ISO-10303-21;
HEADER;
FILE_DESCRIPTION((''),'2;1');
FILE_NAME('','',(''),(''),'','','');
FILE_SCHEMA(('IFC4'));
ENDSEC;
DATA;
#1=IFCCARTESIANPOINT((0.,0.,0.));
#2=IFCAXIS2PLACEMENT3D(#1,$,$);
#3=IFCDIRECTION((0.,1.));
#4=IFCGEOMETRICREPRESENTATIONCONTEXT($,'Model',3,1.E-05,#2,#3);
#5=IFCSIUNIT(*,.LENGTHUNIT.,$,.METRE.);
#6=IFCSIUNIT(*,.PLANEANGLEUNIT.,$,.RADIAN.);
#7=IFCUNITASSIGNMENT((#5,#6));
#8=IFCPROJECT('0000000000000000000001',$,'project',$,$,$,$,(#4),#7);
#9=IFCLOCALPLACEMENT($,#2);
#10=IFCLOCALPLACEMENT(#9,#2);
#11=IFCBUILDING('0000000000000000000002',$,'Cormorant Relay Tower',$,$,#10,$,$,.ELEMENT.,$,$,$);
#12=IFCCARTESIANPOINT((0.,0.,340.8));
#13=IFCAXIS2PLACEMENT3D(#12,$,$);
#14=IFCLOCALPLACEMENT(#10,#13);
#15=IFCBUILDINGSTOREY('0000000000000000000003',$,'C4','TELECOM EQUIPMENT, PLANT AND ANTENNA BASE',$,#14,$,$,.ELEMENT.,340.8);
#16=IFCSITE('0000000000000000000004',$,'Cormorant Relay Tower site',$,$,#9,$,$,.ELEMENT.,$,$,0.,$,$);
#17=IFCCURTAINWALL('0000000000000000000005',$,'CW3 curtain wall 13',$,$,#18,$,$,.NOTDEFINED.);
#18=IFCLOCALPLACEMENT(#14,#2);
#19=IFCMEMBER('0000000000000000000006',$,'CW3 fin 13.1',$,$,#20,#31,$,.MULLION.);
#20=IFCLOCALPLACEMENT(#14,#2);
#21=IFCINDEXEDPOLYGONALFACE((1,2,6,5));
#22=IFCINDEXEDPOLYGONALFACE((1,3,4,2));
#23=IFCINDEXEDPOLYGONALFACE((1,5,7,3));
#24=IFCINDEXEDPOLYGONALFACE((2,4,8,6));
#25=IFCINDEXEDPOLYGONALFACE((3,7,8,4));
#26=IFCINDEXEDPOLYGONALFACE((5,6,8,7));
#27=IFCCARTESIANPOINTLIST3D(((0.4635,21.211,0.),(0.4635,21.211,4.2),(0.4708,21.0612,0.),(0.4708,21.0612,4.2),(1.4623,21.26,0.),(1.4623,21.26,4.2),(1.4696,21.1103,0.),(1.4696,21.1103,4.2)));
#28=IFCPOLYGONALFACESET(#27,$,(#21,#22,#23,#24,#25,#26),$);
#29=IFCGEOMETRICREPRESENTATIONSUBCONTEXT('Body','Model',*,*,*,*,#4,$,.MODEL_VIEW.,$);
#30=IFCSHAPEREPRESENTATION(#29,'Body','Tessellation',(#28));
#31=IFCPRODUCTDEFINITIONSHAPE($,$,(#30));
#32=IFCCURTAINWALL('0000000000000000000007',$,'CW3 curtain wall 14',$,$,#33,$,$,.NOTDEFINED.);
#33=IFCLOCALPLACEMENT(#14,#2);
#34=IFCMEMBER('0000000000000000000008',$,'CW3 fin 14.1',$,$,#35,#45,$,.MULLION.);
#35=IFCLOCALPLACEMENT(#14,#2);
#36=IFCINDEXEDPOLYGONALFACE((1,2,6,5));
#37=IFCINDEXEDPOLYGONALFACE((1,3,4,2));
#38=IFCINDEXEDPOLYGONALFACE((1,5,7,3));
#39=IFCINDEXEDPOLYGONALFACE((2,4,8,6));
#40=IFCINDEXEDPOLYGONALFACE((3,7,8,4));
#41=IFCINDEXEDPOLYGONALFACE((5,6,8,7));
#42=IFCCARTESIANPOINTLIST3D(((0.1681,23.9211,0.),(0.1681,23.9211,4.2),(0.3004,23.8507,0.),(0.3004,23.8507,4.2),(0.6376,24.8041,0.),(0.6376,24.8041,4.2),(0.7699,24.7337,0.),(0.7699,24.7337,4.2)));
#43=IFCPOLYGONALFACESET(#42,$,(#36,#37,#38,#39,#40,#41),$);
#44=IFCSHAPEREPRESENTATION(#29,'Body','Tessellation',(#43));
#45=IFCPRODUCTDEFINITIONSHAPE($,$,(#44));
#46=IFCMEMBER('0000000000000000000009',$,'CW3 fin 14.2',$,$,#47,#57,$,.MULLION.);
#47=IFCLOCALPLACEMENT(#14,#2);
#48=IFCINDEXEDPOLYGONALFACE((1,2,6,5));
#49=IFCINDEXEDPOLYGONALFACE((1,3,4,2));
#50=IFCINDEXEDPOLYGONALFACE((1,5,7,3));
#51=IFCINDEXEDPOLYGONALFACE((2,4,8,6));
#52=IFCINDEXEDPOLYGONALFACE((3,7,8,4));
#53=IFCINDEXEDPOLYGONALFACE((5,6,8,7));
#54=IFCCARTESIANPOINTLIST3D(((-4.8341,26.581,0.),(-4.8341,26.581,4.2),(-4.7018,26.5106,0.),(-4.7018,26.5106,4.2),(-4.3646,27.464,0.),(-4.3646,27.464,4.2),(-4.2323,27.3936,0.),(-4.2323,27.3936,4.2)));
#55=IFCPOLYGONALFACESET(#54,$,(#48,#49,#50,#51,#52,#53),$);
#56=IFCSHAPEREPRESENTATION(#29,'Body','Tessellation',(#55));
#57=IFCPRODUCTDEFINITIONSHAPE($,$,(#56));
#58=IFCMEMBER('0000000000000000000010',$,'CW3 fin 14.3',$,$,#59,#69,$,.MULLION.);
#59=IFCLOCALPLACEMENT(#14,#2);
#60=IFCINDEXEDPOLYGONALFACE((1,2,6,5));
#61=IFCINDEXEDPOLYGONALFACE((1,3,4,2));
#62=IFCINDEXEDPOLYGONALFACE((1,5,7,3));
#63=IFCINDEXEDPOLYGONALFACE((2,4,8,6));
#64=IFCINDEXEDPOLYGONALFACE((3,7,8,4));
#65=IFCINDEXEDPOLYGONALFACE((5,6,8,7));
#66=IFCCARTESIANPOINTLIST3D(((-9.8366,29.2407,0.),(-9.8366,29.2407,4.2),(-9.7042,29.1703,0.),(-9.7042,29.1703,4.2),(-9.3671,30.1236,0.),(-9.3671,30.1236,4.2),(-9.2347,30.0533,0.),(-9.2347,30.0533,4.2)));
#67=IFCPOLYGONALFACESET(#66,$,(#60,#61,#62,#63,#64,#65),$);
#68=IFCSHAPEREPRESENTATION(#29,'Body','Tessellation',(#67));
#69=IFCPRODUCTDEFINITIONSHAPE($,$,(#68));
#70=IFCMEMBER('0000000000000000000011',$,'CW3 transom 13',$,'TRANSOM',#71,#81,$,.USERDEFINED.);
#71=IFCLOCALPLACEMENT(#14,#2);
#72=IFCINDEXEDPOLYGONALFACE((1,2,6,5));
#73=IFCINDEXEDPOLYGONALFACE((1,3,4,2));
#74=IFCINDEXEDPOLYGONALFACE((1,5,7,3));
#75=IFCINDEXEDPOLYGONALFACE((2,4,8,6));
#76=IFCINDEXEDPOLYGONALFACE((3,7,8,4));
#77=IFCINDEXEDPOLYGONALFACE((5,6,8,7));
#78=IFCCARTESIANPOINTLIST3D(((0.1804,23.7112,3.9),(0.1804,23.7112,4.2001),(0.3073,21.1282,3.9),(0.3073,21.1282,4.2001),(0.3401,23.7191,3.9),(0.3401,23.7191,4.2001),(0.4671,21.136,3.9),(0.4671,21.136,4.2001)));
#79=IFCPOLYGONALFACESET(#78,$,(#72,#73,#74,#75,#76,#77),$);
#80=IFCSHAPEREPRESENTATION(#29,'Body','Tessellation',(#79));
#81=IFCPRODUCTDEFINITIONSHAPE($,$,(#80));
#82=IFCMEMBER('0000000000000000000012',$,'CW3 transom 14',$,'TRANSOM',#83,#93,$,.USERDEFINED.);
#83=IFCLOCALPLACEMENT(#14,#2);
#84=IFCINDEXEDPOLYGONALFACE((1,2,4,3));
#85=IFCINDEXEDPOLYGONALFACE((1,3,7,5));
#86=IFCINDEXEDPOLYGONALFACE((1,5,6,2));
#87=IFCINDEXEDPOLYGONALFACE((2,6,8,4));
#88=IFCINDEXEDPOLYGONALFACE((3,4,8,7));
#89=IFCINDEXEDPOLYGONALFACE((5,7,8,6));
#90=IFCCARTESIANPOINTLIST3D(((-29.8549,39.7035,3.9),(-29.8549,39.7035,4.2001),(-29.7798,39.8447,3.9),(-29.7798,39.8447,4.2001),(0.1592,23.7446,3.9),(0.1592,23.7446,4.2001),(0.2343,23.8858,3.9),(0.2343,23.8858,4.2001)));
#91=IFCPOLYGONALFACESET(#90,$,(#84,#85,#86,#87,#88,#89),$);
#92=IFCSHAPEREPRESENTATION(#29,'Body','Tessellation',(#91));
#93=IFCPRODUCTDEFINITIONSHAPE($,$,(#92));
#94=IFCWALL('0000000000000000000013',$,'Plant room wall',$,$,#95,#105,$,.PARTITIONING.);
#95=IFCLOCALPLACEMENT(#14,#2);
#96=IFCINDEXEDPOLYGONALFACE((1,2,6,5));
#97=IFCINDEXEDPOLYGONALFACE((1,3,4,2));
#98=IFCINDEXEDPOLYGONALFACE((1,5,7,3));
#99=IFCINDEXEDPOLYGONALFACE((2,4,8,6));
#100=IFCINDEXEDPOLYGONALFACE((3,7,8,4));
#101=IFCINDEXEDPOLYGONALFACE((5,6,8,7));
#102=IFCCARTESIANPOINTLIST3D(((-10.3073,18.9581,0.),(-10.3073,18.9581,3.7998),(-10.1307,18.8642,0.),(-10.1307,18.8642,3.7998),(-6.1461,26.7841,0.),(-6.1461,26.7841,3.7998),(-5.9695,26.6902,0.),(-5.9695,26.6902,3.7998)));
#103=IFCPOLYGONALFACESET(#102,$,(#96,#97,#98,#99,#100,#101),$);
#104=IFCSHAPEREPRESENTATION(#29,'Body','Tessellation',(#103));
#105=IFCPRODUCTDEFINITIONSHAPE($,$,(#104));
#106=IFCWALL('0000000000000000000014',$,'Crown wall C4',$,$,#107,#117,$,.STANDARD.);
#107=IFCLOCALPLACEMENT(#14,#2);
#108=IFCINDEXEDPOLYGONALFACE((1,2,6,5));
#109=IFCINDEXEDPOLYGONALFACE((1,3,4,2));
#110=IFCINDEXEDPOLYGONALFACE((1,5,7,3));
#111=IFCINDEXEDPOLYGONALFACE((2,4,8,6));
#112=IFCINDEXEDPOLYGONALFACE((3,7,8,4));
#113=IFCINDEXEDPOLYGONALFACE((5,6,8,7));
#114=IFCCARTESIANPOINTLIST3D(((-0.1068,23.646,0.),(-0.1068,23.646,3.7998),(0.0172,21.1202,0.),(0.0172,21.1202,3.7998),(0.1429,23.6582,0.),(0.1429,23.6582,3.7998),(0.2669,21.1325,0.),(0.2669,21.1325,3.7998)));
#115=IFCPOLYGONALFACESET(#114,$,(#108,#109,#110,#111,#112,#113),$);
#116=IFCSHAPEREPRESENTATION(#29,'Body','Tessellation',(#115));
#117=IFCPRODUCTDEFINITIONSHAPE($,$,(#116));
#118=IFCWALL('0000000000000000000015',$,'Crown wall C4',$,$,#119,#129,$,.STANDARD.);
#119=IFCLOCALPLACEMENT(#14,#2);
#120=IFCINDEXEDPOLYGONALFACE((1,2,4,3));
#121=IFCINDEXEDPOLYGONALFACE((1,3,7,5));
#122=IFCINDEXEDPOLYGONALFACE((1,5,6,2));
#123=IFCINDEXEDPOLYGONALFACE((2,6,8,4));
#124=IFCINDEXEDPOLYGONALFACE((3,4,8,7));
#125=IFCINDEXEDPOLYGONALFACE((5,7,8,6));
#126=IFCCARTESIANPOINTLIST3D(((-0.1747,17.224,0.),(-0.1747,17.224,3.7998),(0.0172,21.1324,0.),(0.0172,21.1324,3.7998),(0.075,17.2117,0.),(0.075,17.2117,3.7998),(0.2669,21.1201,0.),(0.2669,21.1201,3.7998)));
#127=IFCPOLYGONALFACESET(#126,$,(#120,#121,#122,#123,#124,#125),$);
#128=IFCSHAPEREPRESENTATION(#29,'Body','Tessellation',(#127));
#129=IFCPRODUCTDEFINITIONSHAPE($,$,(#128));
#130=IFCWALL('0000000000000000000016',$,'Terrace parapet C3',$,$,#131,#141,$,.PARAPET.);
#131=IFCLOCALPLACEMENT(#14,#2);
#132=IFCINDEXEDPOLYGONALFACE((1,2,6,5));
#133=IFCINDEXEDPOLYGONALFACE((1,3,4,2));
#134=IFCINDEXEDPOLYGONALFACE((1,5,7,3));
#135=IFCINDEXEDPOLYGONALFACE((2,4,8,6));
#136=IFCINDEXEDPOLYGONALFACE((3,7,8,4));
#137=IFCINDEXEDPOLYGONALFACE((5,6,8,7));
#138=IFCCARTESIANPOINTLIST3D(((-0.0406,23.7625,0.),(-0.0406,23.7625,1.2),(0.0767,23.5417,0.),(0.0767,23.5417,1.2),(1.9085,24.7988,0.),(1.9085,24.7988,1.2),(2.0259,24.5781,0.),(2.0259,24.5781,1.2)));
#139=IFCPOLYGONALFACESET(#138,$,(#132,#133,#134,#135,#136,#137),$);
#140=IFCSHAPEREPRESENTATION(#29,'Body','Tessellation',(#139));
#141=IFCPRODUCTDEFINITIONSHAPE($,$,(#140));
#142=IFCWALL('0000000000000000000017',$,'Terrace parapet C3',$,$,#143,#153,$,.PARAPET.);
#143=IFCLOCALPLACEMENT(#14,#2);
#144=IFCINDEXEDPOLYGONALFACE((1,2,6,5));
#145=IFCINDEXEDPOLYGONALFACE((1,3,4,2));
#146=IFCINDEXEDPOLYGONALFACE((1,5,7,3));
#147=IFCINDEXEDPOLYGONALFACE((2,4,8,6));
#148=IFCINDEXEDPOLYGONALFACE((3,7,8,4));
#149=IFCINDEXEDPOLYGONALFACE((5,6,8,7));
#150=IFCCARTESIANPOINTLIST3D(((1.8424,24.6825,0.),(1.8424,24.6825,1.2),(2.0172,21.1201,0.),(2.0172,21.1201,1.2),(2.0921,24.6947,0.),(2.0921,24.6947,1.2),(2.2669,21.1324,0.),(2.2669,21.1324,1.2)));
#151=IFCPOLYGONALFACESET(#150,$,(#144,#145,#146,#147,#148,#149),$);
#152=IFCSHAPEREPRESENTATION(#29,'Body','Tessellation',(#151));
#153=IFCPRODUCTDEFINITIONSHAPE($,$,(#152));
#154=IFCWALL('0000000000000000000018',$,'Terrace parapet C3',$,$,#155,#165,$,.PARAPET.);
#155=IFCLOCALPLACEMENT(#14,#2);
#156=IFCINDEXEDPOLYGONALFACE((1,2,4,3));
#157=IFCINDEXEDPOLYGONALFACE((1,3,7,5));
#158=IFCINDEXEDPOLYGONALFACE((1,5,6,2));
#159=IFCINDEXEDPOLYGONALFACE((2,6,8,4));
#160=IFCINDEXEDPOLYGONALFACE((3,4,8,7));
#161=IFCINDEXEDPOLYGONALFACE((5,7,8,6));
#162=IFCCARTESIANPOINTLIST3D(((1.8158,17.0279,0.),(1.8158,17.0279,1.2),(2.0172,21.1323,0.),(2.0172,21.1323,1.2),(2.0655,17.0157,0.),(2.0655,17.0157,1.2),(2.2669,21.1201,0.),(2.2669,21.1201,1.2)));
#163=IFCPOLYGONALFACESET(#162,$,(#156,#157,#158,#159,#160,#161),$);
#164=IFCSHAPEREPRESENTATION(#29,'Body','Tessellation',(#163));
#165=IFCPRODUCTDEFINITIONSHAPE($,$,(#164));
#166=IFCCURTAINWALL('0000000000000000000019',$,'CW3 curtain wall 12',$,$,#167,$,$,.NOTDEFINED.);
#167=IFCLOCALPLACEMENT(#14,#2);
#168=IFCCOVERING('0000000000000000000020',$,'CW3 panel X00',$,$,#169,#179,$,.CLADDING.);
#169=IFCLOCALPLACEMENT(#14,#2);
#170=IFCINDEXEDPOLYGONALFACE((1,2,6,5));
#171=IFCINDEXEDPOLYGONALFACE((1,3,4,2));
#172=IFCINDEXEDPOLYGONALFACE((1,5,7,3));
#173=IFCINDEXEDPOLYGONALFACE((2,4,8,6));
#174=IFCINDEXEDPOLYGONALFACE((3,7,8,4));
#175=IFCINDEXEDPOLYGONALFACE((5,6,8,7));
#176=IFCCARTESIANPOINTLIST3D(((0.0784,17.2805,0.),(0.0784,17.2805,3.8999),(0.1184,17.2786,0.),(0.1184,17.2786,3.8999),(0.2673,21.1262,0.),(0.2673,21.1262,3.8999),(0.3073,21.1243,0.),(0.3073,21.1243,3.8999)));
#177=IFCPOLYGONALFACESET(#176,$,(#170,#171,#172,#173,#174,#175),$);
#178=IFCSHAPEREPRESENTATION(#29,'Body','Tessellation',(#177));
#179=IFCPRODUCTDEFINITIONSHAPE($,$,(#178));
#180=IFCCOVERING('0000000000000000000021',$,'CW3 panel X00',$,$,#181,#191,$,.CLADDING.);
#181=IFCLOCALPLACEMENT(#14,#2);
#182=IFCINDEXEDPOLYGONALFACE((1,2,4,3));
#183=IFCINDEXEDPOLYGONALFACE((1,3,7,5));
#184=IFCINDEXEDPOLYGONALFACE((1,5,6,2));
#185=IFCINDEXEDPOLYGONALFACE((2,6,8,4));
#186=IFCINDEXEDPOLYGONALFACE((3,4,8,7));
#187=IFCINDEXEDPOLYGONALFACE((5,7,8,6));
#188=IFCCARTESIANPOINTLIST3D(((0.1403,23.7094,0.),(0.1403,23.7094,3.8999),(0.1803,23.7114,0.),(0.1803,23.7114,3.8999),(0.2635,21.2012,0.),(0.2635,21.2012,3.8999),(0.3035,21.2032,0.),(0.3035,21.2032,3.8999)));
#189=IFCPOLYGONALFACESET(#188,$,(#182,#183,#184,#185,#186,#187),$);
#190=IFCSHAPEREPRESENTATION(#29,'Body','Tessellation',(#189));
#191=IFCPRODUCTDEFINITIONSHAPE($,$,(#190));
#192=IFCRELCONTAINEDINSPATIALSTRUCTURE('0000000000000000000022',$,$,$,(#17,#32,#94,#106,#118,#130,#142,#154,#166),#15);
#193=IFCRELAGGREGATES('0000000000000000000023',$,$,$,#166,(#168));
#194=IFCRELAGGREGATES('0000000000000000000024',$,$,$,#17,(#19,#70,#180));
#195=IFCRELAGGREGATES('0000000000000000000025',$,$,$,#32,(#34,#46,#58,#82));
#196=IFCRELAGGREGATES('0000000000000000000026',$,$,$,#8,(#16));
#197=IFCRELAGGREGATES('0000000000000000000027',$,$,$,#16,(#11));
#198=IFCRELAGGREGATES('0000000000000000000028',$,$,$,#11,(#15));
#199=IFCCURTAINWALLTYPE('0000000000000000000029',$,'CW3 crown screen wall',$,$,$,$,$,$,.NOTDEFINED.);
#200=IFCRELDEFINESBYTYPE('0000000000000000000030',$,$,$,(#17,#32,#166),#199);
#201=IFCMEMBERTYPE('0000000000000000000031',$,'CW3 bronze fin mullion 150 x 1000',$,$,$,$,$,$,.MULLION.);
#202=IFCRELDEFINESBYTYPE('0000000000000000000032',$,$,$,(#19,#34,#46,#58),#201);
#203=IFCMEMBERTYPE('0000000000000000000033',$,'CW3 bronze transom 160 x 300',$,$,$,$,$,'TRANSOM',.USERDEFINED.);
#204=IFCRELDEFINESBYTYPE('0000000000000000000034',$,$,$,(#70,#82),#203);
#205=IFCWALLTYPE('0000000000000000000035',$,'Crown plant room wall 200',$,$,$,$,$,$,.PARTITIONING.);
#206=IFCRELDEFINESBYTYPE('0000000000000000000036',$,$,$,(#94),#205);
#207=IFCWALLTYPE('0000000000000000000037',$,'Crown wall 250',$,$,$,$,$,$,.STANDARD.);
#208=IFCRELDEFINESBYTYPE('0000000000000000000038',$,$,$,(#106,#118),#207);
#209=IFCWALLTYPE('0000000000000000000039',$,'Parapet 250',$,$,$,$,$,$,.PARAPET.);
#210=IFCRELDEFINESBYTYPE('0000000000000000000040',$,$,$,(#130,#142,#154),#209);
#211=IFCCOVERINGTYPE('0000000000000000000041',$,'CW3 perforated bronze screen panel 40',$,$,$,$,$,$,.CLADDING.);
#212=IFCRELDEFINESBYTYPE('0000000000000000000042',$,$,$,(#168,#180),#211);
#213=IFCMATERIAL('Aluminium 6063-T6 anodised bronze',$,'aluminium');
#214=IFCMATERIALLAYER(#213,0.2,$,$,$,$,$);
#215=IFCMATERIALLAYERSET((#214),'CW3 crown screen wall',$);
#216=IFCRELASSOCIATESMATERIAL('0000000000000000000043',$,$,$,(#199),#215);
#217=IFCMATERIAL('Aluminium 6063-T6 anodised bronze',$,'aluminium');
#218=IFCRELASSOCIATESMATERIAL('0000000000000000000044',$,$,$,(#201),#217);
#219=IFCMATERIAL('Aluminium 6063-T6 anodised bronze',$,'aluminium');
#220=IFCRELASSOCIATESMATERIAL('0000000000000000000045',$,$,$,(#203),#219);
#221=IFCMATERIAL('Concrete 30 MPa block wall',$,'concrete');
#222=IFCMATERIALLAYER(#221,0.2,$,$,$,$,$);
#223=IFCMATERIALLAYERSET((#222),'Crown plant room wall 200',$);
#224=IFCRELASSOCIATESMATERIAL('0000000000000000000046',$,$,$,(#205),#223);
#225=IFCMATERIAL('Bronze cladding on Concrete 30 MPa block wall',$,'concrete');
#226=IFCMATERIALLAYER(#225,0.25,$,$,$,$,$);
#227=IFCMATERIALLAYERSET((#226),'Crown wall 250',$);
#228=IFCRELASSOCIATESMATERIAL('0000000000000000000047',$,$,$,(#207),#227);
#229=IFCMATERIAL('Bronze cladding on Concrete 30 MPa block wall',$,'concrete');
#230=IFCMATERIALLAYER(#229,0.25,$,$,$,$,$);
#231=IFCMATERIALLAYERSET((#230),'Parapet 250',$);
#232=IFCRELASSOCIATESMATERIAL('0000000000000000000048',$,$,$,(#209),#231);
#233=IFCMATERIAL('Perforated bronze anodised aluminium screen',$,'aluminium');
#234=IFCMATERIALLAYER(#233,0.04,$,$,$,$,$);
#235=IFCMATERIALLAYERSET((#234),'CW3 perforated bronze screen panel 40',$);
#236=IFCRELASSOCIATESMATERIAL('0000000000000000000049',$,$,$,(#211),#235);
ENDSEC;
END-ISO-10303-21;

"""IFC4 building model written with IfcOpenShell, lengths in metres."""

from ifc_helpers import new_model, si_unit, direction, frame, frame_2d, origin, origin_2d, place, context, subcontext, project, spatial, rectangle, extrude, material, layer, layer_set, material_profile, profile_set, type_object, element, aggregate, save


model = new_model("IFC4")

# Units and contexts
model_context = context("Model", 3, precision=1e-05, world=origin(), true_north=direction((0.0, 1.0)))
body_context = subcontext(model_context, "Body", "Model", "MODEL_VIEW")
ifc_project = project(units=[si_unit("LENGTHUNIT", "METRE"), si_unit("PLANEANGLEUNIT", "RADIAN")], contexts=[model_context])

# Site, building, storey
site_placement = place(None, origin())
site = spatial("IfcSite", under=ifc_project, at=site_placement, Name="Cormorant Relay Tower site", CompositionType="ELEMENT", RefElevation=0.0)
building_placement = place(site_placement, origin())
building = spatial("IfcBuilding", under=site, at=building_placement, Name="Cormorant Relay Tower", CompositionType="ELEMENT")
storey_placement = place(building_placement, frame((0.0, 0.0, 340.8)))
storey = spatial("IfcBuildingStorey", under=building, at=storey_placement, Name="C4", Description="TELECOM EQUIPMENT, PLANT AND ANTENNA BASE", CompositionType="ELEMENT", Elevation=340.8)

# Curtain wall, member
ifc_material_1 = material(Name="Aluminium 6063-T6 anodised bronze", Category="aluminium")
ifc_layer_1 = layer(ifc_material_1, 0.2)
ifc_layer_set_1 = layer_set([ifc_layer_1], Name="CW3 crown screen wall")
curtain_wall_type = type_object("IfcCurtainWallType", Name="CW3 crown screen wall", PredefinedType="NOTDEFINED", material=ifc_layer_set_1)
curtain_wall_1_placement = place(storey_placement, origin())
curtain_wall_1 = element("IfcCurtainWall", 1, at=curtain_wall_1_placement, inside=storey, type_object=curtain_wall_type, Name="CW3 curtain wall 13", PredefinedType="NOTDEFINED")
ifc_material_2 = material(Name="Aluminium 6063-T6 anodised bronze", Category="aluminium")
ifc_material_profile_1 = material_profile(ifc_material_2, rectangle(XDim=0.1499, YDim=1.0, at=origin_2d()), Name="AL 150x1000")
ifc_profile_set_1 = profile_set([ifc_material_profile_1], Name="Aluminium 6063-T6 anodised bronze")
member_type_1 = type_object("IfcMemberType", Name="CW3 bronze fin mullion 150 x 1000", PredefinedType="MULLION", material=ifc_profile_set_1)
member_1_placement = place(storey_placement, frame((0.9666, 21.1606, 0.0), z_axis=(0.0, 0.0, 1.0), x_axis=(-0.049068, 0.998795, 0.0)))
member_1 = element("IfcMember", 2, at=member_1_placement, type_object=member_type_1, Name="CW3 fin 13.1", PredefinedType="MULLION", context=body_context, shape_type="SweptSolid", body=[
    extrude(rectangle(XDim=0.1499, YDim=1.0, at=origin_2d()), origin(), (0.0, 0.0, 1.0), 4.2),
])

# Curtain wall, members
curtain_wall_2_placement = place(storey_placement, origin())
curtain_wall_2 = element("IfcCurtainWall", 3, at=curtain_wall_2_placement, inside=storey, type_object=curtain_wall_type, Name="CW3 curtain wall 14", PredefinedType="NOTDEFINED")
member_2_placement = place(storey_placement, frame((0.469, 24.3274, 0.0), z_axis=(0.0, 0.0, 1.0), x_axis=(-0.882948, 0.469472, 0.0)))
member_2 = element("IfcMember", 4, at=member_2_placement, type_object=member_type_1, Name="CW3 fin 14.1", PredefinedType="MULLION", context=body_context, shape_type="SweptSolid", body=[
    extrude(rectangle(XDim=0.1499, YDim=1.0, at=origin_2d()), origin(), (0.0, 0.0, 1.0), 4.2),
])
member_3_placement = place(storey_placement, frame((-4.5332, 26.9873, 0.0), z_axis=(0.0, 0.0, 1.0), x_axis=(-0.882948, 0.469472, 0.0)))
member_3 = element("IfcMember", 5, at=member_3_placement, type_object=member_type_1, Name="CW3 fin 14.2", PredefinedType="MULLION", context=body_context, shape_type="SweptSolid", body=[
    extrude(rectangle(XDim=0.1499, YDim=1.0, at=origin_2d()), origin(), (0.0, 0.0, 1.0), 4.2),
])
member_4_placement = place(storey_placement, frame((-9.5356, 29.647, 0.0), z_axis=(0.0, 0.0, 1.0), x_axis=(-0.882948, 0.469472, 0.0)))
member_4 = element("IfcMember", 6, at=member_4_placement, type_object=member_type_1, Name="CW3 fin 14.3", PredefinedType="MULLION", context=body_context, shape_type="SweptSolid", body=[
    extrude(rectangle(XDim=0.1499, YDim=1.0, at=origin_2d()), origin(), (0.0, 0.0, 1.0), 4.2),
])

# Members
ifc_material_3 = material(Name="Aluminium 6063-T6 anodised bronze", Category="aluminium")
ifc_material_profile_2 = material_profile(ifc_material_3, rectangle(XDim=0.1599, YDim=0.3, at=origin_2d()), Name="AL 160x300")
ifc_profile_set_2 = profile_set([ifc_material_profile_2], Name="Aluminium 6063-T6 anodised bronze")
member_type_2 = type_object("IfcMemberType", Name="CW3 bronze transom 160 x 300", ElementType="TRANSOM", PredefinedType="USERDEFINED", material=ifc_profile_set_2)
member_5_placement = place(storey_placement, frame((0.3872, 21.1321, 4.05), z_axis=(-0.04909, 0.998794, 0.0), x_axis=(-0.998794, -0.04909, 0.0)))
member_5 = element("IfcMember", 7, at=member_5_placement, type_object=member_type_2, Name="CW3 transom 13", ObjectType="TRANSOM", PredefinedType="USERDEFINED", context=body_context, shape_type="SweptSolid", body=[
    extrude(rectangle(XDim=0.1599, YDim=0.3, at=origin_2d()), origin(), (0.0, 0.0, 1.0), 2.5862),
])
member_6_placement = place(storey_placement, frame((0.1968, 23.8152, 4.05), z_axis=(-0.882945, 0.469476, 0.0), x_axis=(-0.469476, -0.882945, 0.0)))
member_6 = element("IfcMember", 8, at=member_6_placement, type_object=member_type_2, Name="CW3 transom 14", ObjectType="TRANSOM", PredefinedType="USERDEFINED", context=body_context, shape_type="SweptSolid", body=[
    extrude(rectangle(XDim=0.1599, YDim=0.3, at=origin_2d()), origin(), (0.0, 0.0, 1.0), 33.9932),
])

# Walls
ifc_material_4 = material(Name="Concrete 30 MPa block wall", Category="concrete")
ifc_layer_2 = layer(ifc_material_4, 0.2)
ifc_layer_set_2 = layer_set([ifc_layer_2], Name="Crown plant room wall 200")
wall_type_1 = type_object("IfcWallType", Name="Crown plant room wall 200", PredefinedType="PARTITIONING", material=ifc_layer_set_2)
wall_1_placement = place(storey_placement, frame((-6.0579, 26.7371, 0.0), z_axis=(0.0, 0.0, 1.0), x_axis=(-0.469473, -0.882947, 0.0)))
element("IfcWall", 9, at=wall_1_placement, inside=storey, type_object=wall_type_1, Name="Plant room wall", PredefinedType="PARTITIONING", context=body_context, shape_type="SweptSolid", body=[
    extrude(rectangle(XDim=8.8635, YDim=0.2, at=frame_2d((4.4316, 0.0))), origin(), (0.0, 0.0, 1.0), 3.7998),
])
ifc_material_5 = material(Name="Bronze cladding on Concrete 30 MPa block wall", Category="concrete")
ifc_layer_3 = layer(ifc_material_5, 0.25)
ifc_layer_set_3 = layer_set([ifc_layer_3], Name="Crown wall 250")
wall_type_2 = type_object("IfcWallType", Name="Crown wall 250", PredefinedType="STANDARD", material=ifc_layer_set_3)
wall_2_placement = place(storey_placement, frame((0.0181, 23.6521, 0.0), z_axis=(0.0, 0.0, 1.0), x_axis=(0.049042, -0.998797, 0.0)))
element("IfcWall", 10, at=wall_2_placement, inside=storey, type_object=wall_type_2, Name="Crown wall C4", PredefinedType="STANDARD", context=body_context, shape_type="SweptSolid", body=[
    extrude(rectangle(XDim=2.5288, YDim=0.25, at=frame_2d((1.2644, 0.0))), origin(), (0.0, 0.0, 1.0), 3.7998),
])
wall_3_placement = place(storey_placement, frame((0.1421, 21.1262, 0.0), z_axis=(0.0, 0.0, 1.0), x_axis=(-0.049038, -0.998797, 0.0)))
element("IfcWall", 11, at=wall_3_placement, inside=storey, type_object=wall_type_2, Name="Crown wall C4", PredefinedType="STANDARD", context=body_context, shape_type="SweptSolid", body=[
    extrude(rectangle(XDim=3.9131, YDim=0.25, at=frame_2d((1.9565, 0.0))), origin(), (0.0, 0.0, 1.0), 3.7998),
])
ifc_material_6 = material(Name="Bronze cladding on Concrete 30 MPa block wall", Category="concrete")
ifc_layer_4 = layer(ifc_material_6, 0.25)
ifc_layer_set_4 = layer_set([ifc_layer_4], Name="Parapet 250")
wall_type_3 = type_object("IfcWallType", Name="Parapet 250", PredefinedType="PARAPET", material=ifc_layer_set_4)
wall_4_placement = place(storey_placement, frame((0.0181, 23.6521, 0.0), z_axis=(0.0, 0.0, 1.0), x_axis=(0.882955, 0.469457, 0.0)))
element("IfcWall", 12, at=wall_4_placement, inside=storey, type_object=wall_type_3, Name="Terrace parapet C3", PredefinedType="PARAPET", context=body_context, shape_type="SweptSolid", body=[
    extrude(rectangle(XDim=2.2075, YDim=0.25, at=frame_2d((1.1038, 0.0))), origin(), (0.0, 0.0, 1.0), 1.2),
])
wall_5_placement = place(storey_placement, frame((1.9673, 24.6885, 0.0), z_axis=(0.0, 0.0, 1.0), x_axis=(0.049012, -0.998798, 0.0)))
element("IfcWall", 13, at=wall_5_placement, inside=storey, type_object=wall_type_3, Name="Terrace parapet C3", PredefinedType="PARAPET", context=body_context, shape_type="SweptSolid", body=[
    extrude(rectangle(XDim=3.5667, YDim=0.25, at=frame_2d((1.7832, 0.0))), origin(), (0.0, 0.0, 1.0), 1.2),
])
wall_6_placement = place(storey_placement, frame((2.1421, 21.1262, 0.0), z_axis=(0.0, 0.0, 1.0), x_axis=(-0.049013, -0.998798, 0.0)))
element("IfcWall", 14, at=wall_6_placement, inside=storey, type_object=wall_type_3, Name="Terrace parapet C3", PredefinedType="PARAPET", context=body_context, shape_type="SweptSolid", body=[
    extrude(rectangle(XDim=4.1094, YDim=0.25, at=frame_2d((2.0547, 0.0))), origin(), (0.0, 0.0, 1.0), 1.2),
])

# Curtain wall, covering
curtain_wall_3_placement = place(storey_placement, origin())
curtain_wall_3 = element("IfcCurtainWall", 15, at=curtain_wall_3_placement, inside=storey, type_object=curtain_wall_type, Name="CW3 curtain wall 12", PredefinedType="NOTDEFINED")
ifc_material_7 = material(Name="Perforated bronze anodised aluminium screen", Category="aluminium")
ifc_layer_5 = layer(ifc_material_7, 0.04)
ifc_layer_set_5 = layer_set([ifc_layer_5], Name="CW3 perforated bronze screen panel 40")
covering_type = type_object("IfcCoveringType", Name="CW3 perforated bronze screen panel 40", PredefinedType="CLADDING", material=ifc_layer_set_5)
covering_1_placement = place(storey_placement, frame((0.1929, 19.2024, 0.0), z_axis=(0.0, 0.0, 1.0), x_axis=(0.049068, 0.998795, 0.0)))
covering_1 = element("IfcCovering", 16, at=covering_1_placement, type_object=covering_type, Name="CW3 panel X00", PredefinedType="CLADDING", context=body_context, shape_type="SweptSolid", body=[
    extrude(rectangle(XDim=3.8503, YDim=0.04, at=origin_2d()), origin(), (0.0, 0.0, 1.0), 3.8999),
])
aggregate(curtain_wall_3, [covering_1])

# Covering
covering_2_placement = place(storey_placement, frame((0.2219, 22.4563, 0.0), z_axis=(0.0, 0.0, 1.0), x_axis=(-0.049068, 0.998795, 0.0)))
covering_2 = element("IfcCovering", 17, at=covering_2_placement, type_object=covering_type, Name="CW3 panel X00", PredefinedType="CLADDING", context=body_context, shape_type="SweptSolid", body=[
    extrude(rectangle(XDim=2.5112, YDim=0.04, at=origin_2d()), origin(), (0.0, 0.0, 1.0), 3.8999),
])
aggregate(curtain_wall_1, [member_1, member_5, covering_2])
aggregate(curtain_wall_2, [member_2, member_3, member_4, member_6])

save(model, "model.ifc")
